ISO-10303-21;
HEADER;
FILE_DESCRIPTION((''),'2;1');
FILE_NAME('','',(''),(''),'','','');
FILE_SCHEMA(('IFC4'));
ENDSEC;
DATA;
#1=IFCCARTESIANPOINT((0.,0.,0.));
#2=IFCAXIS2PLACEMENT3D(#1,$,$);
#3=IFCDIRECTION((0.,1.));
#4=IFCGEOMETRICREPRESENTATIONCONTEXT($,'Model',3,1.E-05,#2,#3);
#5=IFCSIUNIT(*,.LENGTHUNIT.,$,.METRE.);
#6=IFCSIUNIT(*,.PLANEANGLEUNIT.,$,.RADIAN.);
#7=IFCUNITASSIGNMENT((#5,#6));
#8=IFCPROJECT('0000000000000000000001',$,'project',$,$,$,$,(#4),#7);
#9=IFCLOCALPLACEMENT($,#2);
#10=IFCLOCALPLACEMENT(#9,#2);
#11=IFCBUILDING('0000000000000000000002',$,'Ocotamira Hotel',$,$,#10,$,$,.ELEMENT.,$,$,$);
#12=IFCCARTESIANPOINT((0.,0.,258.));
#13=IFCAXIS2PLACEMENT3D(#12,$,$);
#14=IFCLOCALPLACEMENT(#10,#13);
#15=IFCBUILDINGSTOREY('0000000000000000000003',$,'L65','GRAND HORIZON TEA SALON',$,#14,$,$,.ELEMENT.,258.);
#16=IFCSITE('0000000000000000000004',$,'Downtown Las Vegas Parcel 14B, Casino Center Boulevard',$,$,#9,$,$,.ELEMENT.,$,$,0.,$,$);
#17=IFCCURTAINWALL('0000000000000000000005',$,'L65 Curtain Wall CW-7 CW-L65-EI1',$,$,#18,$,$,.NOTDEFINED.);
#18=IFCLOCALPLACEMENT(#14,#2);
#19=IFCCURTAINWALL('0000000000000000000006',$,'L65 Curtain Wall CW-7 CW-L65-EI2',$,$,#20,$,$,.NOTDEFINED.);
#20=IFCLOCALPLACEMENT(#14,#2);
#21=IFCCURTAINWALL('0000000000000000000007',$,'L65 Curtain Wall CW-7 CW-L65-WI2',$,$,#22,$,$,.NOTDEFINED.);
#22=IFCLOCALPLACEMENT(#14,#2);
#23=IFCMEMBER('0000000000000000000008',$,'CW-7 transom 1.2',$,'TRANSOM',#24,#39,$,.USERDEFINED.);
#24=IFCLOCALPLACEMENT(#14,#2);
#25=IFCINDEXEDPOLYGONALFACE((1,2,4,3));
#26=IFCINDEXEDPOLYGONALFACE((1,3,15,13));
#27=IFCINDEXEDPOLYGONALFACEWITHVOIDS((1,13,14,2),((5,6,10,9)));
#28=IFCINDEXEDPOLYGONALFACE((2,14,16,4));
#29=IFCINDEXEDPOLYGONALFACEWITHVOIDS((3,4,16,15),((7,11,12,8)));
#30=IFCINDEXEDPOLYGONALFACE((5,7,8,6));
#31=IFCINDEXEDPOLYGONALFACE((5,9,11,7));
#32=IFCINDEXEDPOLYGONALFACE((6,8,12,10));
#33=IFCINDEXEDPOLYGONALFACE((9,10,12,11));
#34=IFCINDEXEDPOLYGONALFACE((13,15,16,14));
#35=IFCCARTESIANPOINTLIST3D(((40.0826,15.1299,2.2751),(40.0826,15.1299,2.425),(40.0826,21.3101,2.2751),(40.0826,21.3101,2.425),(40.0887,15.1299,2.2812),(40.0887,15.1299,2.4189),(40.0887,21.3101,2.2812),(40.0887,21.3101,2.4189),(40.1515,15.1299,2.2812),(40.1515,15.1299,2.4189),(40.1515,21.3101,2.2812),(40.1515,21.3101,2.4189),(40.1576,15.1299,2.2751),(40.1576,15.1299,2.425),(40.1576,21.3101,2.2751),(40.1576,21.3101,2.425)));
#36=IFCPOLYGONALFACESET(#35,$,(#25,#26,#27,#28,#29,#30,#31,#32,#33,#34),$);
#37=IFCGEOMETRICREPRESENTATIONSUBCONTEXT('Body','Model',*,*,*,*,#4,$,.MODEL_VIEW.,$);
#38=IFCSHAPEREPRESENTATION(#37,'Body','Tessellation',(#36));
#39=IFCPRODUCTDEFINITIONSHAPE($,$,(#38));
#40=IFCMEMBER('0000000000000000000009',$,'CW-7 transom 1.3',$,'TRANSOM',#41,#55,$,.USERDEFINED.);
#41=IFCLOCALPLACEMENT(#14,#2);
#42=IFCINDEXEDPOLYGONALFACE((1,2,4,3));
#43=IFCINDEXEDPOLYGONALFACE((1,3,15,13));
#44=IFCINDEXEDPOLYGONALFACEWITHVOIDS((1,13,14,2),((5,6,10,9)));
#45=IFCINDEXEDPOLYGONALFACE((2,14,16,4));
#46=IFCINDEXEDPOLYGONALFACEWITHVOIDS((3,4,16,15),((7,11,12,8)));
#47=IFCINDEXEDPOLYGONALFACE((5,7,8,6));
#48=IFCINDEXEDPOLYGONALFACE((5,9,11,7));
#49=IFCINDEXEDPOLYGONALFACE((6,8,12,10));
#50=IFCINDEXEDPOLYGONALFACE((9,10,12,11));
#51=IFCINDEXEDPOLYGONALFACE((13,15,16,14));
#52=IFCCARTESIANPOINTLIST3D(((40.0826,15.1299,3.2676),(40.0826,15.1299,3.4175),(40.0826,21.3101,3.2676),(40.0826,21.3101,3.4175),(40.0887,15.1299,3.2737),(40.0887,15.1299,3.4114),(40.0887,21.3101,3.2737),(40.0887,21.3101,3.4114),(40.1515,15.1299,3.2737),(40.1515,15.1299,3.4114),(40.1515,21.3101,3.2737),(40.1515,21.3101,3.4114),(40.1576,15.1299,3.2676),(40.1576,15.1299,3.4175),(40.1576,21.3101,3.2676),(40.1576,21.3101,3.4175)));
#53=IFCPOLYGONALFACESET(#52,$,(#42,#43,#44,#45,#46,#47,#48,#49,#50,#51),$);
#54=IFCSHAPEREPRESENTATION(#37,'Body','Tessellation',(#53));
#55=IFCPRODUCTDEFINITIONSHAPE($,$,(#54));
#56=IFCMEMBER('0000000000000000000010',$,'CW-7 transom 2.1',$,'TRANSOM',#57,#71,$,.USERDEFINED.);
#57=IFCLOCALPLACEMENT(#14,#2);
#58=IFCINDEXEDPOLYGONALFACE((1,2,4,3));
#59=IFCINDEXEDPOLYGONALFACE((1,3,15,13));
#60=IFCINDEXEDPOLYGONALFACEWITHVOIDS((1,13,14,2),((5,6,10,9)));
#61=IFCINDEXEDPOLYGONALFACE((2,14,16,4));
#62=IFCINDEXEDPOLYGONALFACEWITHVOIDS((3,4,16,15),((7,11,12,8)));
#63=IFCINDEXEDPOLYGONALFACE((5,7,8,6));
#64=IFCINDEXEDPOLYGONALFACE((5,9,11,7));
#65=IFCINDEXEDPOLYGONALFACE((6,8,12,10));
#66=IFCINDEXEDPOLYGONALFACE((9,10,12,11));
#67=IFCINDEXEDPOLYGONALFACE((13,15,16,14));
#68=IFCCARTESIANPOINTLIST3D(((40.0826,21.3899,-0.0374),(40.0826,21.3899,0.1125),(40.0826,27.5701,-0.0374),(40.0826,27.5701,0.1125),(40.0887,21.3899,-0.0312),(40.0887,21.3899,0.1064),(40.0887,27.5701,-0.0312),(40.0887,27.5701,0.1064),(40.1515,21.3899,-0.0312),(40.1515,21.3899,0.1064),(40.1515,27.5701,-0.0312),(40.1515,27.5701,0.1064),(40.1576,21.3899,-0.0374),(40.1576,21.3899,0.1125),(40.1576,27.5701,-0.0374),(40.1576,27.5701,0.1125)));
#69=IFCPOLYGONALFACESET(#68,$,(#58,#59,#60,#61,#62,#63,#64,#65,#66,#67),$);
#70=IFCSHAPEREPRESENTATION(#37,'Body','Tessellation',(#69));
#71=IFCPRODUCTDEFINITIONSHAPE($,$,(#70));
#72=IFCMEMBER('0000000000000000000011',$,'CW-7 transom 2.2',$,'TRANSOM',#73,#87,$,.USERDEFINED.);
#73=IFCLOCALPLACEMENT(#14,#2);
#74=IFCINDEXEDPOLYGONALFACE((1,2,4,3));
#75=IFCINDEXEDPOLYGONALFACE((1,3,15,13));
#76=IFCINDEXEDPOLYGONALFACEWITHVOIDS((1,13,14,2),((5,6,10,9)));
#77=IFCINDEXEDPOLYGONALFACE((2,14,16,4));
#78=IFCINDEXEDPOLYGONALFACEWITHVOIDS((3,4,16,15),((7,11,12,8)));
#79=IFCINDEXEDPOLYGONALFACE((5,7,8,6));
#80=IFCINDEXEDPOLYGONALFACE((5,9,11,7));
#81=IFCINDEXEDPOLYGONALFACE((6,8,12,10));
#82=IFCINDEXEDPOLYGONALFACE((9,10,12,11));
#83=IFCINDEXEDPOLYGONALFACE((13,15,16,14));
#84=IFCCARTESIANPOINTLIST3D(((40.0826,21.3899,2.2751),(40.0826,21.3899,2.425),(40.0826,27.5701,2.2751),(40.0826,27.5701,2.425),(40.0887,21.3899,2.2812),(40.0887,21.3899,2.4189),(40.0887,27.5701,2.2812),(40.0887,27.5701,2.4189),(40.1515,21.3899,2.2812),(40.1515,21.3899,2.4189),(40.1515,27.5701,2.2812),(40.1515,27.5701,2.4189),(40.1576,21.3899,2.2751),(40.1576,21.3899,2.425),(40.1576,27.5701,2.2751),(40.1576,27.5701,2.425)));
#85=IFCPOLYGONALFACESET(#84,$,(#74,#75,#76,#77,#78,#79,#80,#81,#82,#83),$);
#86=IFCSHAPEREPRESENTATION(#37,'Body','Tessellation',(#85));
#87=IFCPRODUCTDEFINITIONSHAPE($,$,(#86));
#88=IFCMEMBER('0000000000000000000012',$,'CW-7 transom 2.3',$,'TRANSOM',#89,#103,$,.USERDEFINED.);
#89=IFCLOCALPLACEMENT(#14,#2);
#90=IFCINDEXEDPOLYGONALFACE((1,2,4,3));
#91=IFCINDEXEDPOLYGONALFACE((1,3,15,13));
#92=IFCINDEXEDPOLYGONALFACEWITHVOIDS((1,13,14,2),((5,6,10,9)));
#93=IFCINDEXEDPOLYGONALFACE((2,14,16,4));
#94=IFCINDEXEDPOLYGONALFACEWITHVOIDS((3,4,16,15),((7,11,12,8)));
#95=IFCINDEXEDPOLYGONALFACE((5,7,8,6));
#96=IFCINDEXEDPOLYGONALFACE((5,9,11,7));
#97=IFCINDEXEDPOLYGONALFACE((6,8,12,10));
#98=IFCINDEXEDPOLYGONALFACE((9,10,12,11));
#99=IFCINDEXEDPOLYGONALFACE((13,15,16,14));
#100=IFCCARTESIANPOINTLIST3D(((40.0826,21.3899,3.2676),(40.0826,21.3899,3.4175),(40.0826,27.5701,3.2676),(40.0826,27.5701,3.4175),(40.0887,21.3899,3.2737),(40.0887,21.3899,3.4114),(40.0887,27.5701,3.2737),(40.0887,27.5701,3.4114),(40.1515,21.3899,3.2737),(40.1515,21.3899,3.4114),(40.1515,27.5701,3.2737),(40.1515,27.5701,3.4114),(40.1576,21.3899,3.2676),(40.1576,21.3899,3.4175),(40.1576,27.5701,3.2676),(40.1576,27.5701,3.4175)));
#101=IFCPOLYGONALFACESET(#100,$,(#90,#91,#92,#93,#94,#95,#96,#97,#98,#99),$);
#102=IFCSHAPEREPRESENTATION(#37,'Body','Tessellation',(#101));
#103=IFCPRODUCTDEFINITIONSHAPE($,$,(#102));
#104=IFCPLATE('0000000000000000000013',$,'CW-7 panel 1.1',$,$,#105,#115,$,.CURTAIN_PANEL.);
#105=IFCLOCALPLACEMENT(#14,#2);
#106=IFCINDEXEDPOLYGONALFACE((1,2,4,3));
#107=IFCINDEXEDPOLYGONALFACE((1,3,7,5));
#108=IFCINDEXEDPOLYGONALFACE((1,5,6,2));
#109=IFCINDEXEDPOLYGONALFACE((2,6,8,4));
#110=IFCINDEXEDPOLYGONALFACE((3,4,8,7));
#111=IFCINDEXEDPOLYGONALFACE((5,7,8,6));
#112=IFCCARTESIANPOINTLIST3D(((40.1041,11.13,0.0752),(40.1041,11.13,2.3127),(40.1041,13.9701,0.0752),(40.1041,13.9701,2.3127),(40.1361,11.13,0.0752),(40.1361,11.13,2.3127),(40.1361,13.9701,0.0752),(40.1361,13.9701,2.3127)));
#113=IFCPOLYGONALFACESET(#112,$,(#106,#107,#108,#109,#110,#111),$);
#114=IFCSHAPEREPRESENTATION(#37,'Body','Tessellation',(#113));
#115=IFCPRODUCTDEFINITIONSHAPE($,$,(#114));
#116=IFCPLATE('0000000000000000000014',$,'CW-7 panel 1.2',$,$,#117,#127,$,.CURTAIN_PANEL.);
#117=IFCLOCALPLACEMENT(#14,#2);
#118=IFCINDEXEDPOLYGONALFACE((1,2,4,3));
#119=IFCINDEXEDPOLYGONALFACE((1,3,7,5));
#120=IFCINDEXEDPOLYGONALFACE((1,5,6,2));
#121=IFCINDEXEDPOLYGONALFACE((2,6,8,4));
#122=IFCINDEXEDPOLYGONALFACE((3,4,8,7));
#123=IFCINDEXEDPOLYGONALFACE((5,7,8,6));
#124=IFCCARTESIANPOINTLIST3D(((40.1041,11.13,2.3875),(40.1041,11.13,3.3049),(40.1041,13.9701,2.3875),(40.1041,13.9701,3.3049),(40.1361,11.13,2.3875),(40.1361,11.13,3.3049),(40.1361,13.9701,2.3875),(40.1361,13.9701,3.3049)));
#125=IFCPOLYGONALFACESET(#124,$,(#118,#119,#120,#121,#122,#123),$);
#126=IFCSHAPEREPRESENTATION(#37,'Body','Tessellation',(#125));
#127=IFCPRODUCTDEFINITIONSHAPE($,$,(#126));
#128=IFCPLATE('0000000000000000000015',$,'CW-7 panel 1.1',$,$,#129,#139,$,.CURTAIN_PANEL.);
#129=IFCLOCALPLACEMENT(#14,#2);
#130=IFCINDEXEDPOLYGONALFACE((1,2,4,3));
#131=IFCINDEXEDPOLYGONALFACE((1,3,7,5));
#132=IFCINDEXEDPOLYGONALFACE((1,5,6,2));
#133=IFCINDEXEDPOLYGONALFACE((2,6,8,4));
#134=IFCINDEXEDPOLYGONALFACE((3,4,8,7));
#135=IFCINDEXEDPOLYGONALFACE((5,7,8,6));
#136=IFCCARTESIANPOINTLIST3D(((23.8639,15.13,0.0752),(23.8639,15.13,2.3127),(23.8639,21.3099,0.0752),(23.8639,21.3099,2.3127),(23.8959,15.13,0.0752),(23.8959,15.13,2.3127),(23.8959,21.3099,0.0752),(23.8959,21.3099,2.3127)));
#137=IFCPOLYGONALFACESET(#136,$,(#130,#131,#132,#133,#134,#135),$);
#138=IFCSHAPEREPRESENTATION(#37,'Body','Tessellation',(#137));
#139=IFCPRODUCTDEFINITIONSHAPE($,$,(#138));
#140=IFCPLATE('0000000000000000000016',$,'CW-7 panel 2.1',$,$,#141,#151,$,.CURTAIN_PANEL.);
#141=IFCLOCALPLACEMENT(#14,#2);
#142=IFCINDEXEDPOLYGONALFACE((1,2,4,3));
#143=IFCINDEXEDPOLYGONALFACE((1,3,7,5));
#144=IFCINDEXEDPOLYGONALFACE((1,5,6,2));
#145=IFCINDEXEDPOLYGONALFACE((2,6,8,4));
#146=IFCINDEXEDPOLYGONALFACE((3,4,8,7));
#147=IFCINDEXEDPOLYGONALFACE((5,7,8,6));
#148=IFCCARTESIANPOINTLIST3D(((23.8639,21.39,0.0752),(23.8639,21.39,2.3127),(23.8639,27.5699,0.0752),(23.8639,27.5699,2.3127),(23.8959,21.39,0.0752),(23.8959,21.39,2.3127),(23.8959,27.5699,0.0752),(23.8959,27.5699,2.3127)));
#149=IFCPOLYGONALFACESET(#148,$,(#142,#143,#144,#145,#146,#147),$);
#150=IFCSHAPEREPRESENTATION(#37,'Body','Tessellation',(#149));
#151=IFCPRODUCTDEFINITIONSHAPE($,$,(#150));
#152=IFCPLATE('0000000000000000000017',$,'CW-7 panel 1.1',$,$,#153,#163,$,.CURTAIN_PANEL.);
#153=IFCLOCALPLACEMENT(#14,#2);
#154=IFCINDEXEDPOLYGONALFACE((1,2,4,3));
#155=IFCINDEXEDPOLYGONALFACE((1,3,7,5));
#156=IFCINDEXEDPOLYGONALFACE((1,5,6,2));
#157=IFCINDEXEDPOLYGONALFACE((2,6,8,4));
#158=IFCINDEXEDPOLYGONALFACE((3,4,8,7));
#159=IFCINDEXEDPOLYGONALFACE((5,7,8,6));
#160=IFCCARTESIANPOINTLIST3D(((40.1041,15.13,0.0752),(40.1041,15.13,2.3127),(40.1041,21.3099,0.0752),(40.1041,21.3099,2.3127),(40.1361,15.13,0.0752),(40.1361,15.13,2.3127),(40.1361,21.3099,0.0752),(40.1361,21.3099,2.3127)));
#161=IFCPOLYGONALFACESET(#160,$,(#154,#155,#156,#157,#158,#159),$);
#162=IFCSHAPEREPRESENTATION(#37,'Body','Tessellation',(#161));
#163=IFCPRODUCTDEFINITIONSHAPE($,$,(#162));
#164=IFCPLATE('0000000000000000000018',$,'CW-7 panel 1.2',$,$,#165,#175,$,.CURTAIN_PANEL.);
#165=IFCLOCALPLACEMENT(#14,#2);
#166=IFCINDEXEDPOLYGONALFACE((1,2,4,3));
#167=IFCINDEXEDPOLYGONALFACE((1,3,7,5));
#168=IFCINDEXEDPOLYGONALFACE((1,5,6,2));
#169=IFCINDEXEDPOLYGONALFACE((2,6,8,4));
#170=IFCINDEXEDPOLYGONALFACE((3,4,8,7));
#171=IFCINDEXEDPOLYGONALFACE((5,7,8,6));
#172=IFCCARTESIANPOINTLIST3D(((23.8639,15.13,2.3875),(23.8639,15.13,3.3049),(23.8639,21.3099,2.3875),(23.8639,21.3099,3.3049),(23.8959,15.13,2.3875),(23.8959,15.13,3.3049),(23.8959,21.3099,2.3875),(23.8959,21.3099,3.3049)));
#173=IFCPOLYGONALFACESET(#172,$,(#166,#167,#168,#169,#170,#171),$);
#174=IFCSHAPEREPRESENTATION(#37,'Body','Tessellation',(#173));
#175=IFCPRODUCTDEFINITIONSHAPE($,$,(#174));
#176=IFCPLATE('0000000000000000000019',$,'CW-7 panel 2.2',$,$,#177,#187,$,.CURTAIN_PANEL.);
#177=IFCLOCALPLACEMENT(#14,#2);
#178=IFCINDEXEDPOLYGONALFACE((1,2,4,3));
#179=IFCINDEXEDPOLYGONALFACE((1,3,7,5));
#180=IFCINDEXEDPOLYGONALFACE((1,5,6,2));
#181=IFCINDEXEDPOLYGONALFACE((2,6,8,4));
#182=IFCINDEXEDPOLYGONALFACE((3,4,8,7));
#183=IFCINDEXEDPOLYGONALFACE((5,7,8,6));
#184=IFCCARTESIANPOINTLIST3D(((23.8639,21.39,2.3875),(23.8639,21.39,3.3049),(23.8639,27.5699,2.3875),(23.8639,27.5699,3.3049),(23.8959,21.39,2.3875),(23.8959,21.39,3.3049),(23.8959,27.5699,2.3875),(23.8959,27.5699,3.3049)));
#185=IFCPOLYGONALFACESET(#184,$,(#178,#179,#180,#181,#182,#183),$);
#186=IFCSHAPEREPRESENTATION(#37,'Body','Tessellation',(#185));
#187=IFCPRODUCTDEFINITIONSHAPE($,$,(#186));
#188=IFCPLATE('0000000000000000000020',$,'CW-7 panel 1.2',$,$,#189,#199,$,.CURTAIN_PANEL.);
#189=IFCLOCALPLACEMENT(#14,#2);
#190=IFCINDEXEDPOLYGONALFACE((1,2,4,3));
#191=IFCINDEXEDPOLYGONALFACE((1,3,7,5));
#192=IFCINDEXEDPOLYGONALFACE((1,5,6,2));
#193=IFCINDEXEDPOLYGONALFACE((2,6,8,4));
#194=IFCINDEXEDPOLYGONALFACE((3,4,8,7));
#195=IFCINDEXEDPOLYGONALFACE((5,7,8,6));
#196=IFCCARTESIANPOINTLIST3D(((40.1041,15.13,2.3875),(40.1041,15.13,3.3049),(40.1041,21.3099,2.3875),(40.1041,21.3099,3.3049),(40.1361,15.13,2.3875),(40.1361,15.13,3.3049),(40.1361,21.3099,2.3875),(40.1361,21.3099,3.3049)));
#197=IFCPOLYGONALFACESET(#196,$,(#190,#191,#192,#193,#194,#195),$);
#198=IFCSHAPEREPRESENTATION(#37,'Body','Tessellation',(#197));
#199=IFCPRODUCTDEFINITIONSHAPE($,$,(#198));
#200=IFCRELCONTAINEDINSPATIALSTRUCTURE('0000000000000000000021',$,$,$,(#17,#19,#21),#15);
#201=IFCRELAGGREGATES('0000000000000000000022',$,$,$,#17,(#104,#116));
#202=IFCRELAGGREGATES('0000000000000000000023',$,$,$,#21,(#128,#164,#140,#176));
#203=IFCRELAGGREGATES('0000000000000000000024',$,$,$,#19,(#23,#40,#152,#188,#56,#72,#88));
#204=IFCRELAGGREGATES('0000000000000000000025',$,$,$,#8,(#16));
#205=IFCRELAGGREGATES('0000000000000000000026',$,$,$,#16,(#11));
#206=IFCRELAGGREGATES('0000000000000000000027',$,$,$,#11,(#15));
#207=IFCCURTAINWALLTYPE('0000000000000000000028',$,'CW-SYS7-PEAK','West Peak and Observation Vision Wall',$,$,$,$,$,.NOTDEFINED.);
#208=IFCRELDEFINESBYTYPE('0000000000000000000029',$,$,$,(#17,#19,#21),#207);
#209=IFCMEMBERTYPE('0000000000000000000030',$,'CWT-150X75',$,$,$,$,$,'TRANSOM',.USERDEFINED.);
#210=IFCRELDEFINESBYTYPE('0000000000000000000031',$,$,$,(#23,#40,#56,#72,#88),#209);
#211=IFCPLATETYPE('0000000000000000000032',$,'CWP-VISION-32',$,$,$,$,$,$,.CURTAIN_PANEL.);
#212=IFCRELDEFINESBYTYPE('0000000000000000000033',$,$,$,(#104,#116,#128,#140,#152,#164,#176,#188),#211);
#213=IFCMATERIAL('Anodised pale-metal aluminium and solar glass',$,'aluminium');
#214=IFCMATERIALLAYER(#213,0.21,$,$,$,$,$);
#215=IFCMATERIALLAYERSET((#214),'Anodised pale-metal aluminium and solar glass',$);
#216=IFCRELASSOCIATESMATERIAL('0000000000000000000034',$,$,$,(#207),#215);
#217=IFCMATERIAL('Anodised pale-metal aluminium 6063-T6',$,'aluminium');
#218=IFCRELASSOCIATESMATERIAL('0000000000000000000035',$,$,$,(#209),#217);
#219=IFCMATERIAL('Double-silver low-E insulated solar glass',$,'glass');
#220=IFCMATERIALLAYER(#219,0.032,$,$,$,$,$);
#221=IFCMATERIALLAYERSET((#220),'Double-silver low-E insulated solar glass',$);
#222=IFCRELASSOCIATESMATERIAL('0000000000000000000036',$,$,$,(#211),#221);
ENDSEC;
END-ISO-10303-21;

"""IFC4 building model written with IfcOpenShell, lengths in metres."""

from ifc_helpers import new_model, si_unit, direction, frame, origin, origin_2d, place, context, subcontext, project, spatial, rectangle, hollow_rectangle, extrude, source, transform, mapped, material, layer, layer_set, material_profile, profile_set, type_object, element, aggregate, save


model = new_model("IFC4")

# Units and contexts
model_context = context("Model", 3, precision=1e-05, world=origin(), true_north=direction((0.0, 1.0)))
body_context = subcontext(model_context, "Body", "Model", "MODEL_VIEW")
ifc_project = project(units=[si_unit("LENGTHUNIT", "METRE"), si_unit("PLANEANGLEUNIT", "RADIAN")], contexts=[model_context])

# Site, building, storey
site_placement = place(None, origin())
site = spatial("IfcSite", under=ifc_project, at=site_placement, Name="Downtown Las Vegas Parcel 14B, Casino Center Boulevard", CompositionType="ELEMENT", RefElevation=0.0)
building_placement = place(site_placement, origin())
building = spatial("IfcBuilding", under=site, at=building_placement, Name="Ocotamira Hotel", CompositionType="ELEMENT")
storey_placement = place(building_placement, frame((0.0, 0.0, 258.0)))
storey = spatial("IfcBuildingStorey", under=building, at=storey_placement, Name="L65", Description="GRAND HORIZON TEA SALON", CompositionType="ELEMENT", Elevation=258.0)

# Curtain walls
ifc_material_1 = material(Name="Anodised pale-metal aluminium and solar glass", Category="aluminium")
ifc_layer_1 = layer(ifc_material_1, 0.21)
ifc_layer_set_1 = layer_set([ifc_layer_1], Name="Anodised pale-metal aluminium and solar glass")
curtain_wall_type = type_object("IfcCurtainWallType", Name="CW-SYS7-PEAK", Description="West Peak and Observation Vision Wall", PredefinedType="NOTDEFINED", material=ifc_layer_set_1)
curtain_wall_1_placement = place(storey_placement, origin())
curtain_wall_1 = element("IfcCurtainWall", 1, at=curtain_wall_1_placement, inside=storey, type_object=curtain_wall_type, Name="L65 Curtain Wall CW-7 CW-L65-EI1", PredefinedType="NOTDEFINED")
ifc_material_2 = material(Name="Anodised pale-metal aluminium 6063-T6", Category="aluminium")
curtain_wall_2_placement = place(storey_placement, origin())
curtain_wall_2 = element("IfcCurtainWall", 2, at=curtain_wall_2_placement, inside=storey, type_object=curtain_wall_type, Name="L65 Curtain Wall CW-7 CW-L65-EI2", PredefinedType="NOTDEFINED")

# Shared definitions
ifc_material_profile_1 = material_profile(ifc_material_2, hollow_rectangle(XDim=0.075, YDim=0.1499, WallThickness=0.0061, at=origin_2d()), Name="HSS150X75X6")
ifc_profile_set_1 = profile_set([ifc_material_profile_1], Name="Anodised pale-metal aluminium 6063-T6")
member_type_1 = type_object("IfcMemberType", Name="CWT-150X75", ElementType="TRANSOM", PredefinedType="USERDEFINED", material=ifc_profile_set_1)

# Curtain wall
curtain_wall_3_placement = place(storey_placement, origin())
curtain_wall_3 = element("IfcCurtainWall", 3, at=curtain_wall_3_placement, inside=storey, type_object=curtain_wall_type, Name="L65 Curtain Wall CW-7 CW-L65-WI2", PredefinedType="NOTDEFINED")
shared_shape_1 = source(origin(), body_context, "Body", "SweptSolid", [
    extrude(hollow_rectangle(XDim=0.075, YDim=0.1499, WallThickness=0.0061, at=origin_2d()), origin(), (0.0, 0.0, 1.0), 6.1802),
])

# Members
member_1_placement = place(storey_placement, frame((40.1201, 15.1299, 2.3501), z_axis=(0.0, 1.0, 0.0), x_axis=(-1.0, 0.0, 0.0)))
member_1 = element("IfcMember", 4, at=member_1_placement, type_object=member_type_1, Name="CW-7 transom 1.2", ObjectType="TRANSOM", PredefinedType="USERDEFINED", context=body_context, shape_type="MappedRepresentation", body=[
    mapped(shared_shape_1, transform((0.0, 0.0, 0.0), scale=1.0)),
])
member_2_placement = place(storey_placement, frame((40.1201, 15.1299, 3.3425), z_axis=(0.0, 1.0, 0.0), x_axis=(-1.0, 0.0, 0.0)))
member_2 = element("IfcMember", 5, at=member_2_placement, type_object=member_type_1, Name="CW-7 transom 1.3", ObjectType="TRANSOM", PredefinedType="USERDEFINED", context=body_context, shape_type="MappedRepresentation", body=[
    mapped(shared_shape_1, transform((0.0, 0.0, 0.0), scale=1.0)),
])
member_3_placement = place(storey_placement, frame((40.1201, 21.3899, 0.0376), z_axis=(0.0, 1.0, 0.0), x_axis=(-1.0, 0.0, 0.0)))
member_3 = element("IfcMember", 6, at=member_3_placement, type_object=member_type_1, Name="CW-7 transom 2.1", ObjectType="TRANSOM", PredefinedType="USERDEFINED", context=body_context, shape_type="MappedRepresentation", body=[
    mapped(shared_shape_1, transform((0.0, 0.0, 0.0), scale=1.0)),
])
member_4_placement = place(storey_placement, frame((40.1201, 21.3899, 2.3501), z_axis=(0.0, 1.0, 0.0), x_axis=(-1.0, 0.0, 0.0)))
member_4 = element("IfcMember", 7, at=member_4_placement, type_object=member_type_1, Name="CW-7 transom 2.2", ObjectType="TRANSOM", PredefinedType="USERDEFINED", context=body_context, shape_type="MappedRepresentation", body=[
    mapped(shared_shape_1, transform((0.0, 0.0, 0.0), scale=1.0)),
])
member_5_placement = place(storey_placement, frame((40.1201, 21.3899, 3.3425), z_axis=(0.0, 1.0, 0.0), x_axis=(-1.0, 0.0, 0.0)))
member_5 = element("IfcMember", 8, at=member_5_placement, type_object=member_type_1, Name="CW-7 transom 2.3", ObjectType="TRANSOM", PredefinedType="USERDEFINED", context=body_context, shape_type="MappedRepresentation", body=[
    mapped(shared_shape_1, transform((0.0, 0.0, 0.0), scale=1.0)),
])

# Plates
ifc_material_3 = material(Name="Double-silver low-E insulated solar glass", Category="glass")
ifc_layer_2 = layer(ifc_material_3, 0.032)
ifc_layer_set_2 = layer_set([ifc_layer_2], Name="Double-silver low-E insulated solar glass")
plate_type = type_object("IfcPlateType", Name="CWP-VISION-32", PredefinedType="CURTAIN_PANEL", material=ifc_layer_set_2)
shared_shape_2 = source(origin(), body_context, "Body", "SweptSolid", [
    extrude(rectangle(XDim=2.8401, YDim=0.032, at=origin_2d()), origin(), (0.0, 0.0, 1.0), 2.2375),
])
plate_1_placement = place(storey_placement, frame((40.1201, 12.55, 0.0752), z_axis=(0.0, 0.0, 1.0), x_axis=(0.0, 1.0, 0.0)))
plate_1 = element("IfcPlate", 9, at=plate_1_placement, type_object=plate_type, Name="CW-7 panel 1.1", PredefinedType="CURTAIN_PANEL", context=body_context, shape_type="MappedRepresentation", body=[
    mapped(shared_shape_2, transform((0.0, 0.0, 0.0), scale=1.0)),
])
shared_shape_3 = source(origin(), body_context, "Body", "SweptSolid", [
    extrude(rectangle(XDim=2.8401, YDim=0.032, at=origin_2d()), origin(), (0.0, 0.0, 1.0), 0.9175),
])
plate_2_placement = place(storey_placement, frame((40.1201, 12.55, 2.3875), z_axis=(0.0, 0.0, 1.0), x_axis=(0.0, 1.0, 0.0)))
plate_2 = element("IfcPlate", 10, at=plate_2_placement, type_object=plate_type, Name="CW-7 panel 1.2", PredefinedType="CURTAIN_PANEL", context=body_context, shape_type="MappedRepresentation", body=[
    mapped(shared_shape_3, transform((0.0, 0.0, 0.0), scale=1.0)),
])
aggregate(curtain_wall_1, [plate_1, plate_2])
shared_shape_4 = source(origin(), body_context, "Body", "SweptSolid", [
    extrude(rectangle(XDim=6.1799, YDim=0.032, at=origin_2d()), origin(), (0.0, 0.0, 1.0), 2.2375),
])
plate_3_placement = place(storey_placement, frame((23.8799, 18.22, 0.0752), z_axis=(0.0, 0.0, 1.0), x_axis=(0.0, 1.0, 0.0)))
plate_3 = element("IfcPlate", 11, at=plate_3_placement, type_object=plate_type, Name="CW-7 panel 1.1", PredefinedType="CURTAIN_PANEL", context=body_context, shape_type="MappedRepresentation", body=[
    mapped(shared_shape_4, transform((0.0, 0.0, 0.0), scale=1.0)),
])
plate_4_placement = place(storey_placement, frame((23.8799, 24.48, 0.0752), z_axis=(0.0, 0.0, 1.0), x_axis=(0.0, 1.0, 0.0)))
plate_4 = element("IfcPlate", 12, at=plate_4_placement, type_object=plate_type, Name="CW-7 panel 2.1", PredefinedType="CURTAIN_PANEL", context=body_context, shape_type="MappedRepresentation", body=[
    mapped(shared_shape_4, transform((0.0, 0.0, 0.0), scale=1.0)),
])
plate_5_placement = place(storey_placement, frame((40.1201, 18.22, 0.0752), z_axis=(0.0, 0.0, 1.0), x_axis=(0.0, 1.0, 0.0)))
plate_5 = element("IfcPlate", 13, at=plate_5_placement, type_object=plate_type, Name="CW-7 panel 1.1", PredefinedType="CURTAIN_PANEL", context=body_context, shape_type="MappedRepresentation", body=[
    mapped(shared_shape_4, transform((0.0, 0.0, 0.0), scale=1.0)),
])
shared_shape_5 = source(origin(), body_context, "Body", "SweptSolid", [
    extrude(rectangle(XDim=6.1799, YDim=0.032, at=origin_2d()), origin(), (0.0, 0.0, 1.0), 0.9175),
])
plate_6_placement = place(storey_placement, frame((23.8799, 18.22, 2.3875), z_axis=(0.0, 0.0, 1.0), x_axis=(0.0, 1.0, 0.0)))
plate_6 = element("IfcPlate", 14, at=plate_6_placement, type_object=plate_type, Name="CW-7 panel 1.2", PredefinedType="CURTAIN_PANEL", context=body_context, shape_type="MappedRepresentation", body=[
    mapped(shared_shape_5, transform((0.0, 0.0, 0.0), scale=1.0)),
])
plate_7_placement = place(storey_placement, frame((23.8799, 24.48, 2.3875), z_axis=(0.0, 0.0, 1.0), x_axis=(0.0, 1.0, 0.0)))
plate_7 = element("IfcPlate", 15, at=plate_7_placement, type_object=plate_type, Name="CW-7 panel 2.2", PredefinedType="CURTAIN_PANEL", context=body_context, shape_type="MappedRepresentation", body=[
    mapped(shared_shape_5, transform((0.0, 0.0, 0.0), scale=1.0)),
])
aggregate(curtain_wall_3, [plate_3, plate_6, plate_4, plate_7])
plate_8_placement = place(storey_placement, frame((40.1201, 18.22, 2.3875), z_axis=(0.0, 0.0, 1.0), x_axis=(0.0, 1.0, 0.0)))
plate_8 = element("IfcPlate", 16, at=plate_8_placement, type_object=plate_type, Name="CW-7 panel 1.2", PredefinedType="CURTAIN_PANEL", context=body_context, shape_type="MappedRepresentation", body=[
    mapped(shared_shape_5, transform((0.0, 0.0, 0.0), scale=1.0)),
])
aggregate(curtain_wall_2, [member_1, member_2, plate_5, plate_8, member_3, member_4, member_5])

save(model, "model.ifc")
